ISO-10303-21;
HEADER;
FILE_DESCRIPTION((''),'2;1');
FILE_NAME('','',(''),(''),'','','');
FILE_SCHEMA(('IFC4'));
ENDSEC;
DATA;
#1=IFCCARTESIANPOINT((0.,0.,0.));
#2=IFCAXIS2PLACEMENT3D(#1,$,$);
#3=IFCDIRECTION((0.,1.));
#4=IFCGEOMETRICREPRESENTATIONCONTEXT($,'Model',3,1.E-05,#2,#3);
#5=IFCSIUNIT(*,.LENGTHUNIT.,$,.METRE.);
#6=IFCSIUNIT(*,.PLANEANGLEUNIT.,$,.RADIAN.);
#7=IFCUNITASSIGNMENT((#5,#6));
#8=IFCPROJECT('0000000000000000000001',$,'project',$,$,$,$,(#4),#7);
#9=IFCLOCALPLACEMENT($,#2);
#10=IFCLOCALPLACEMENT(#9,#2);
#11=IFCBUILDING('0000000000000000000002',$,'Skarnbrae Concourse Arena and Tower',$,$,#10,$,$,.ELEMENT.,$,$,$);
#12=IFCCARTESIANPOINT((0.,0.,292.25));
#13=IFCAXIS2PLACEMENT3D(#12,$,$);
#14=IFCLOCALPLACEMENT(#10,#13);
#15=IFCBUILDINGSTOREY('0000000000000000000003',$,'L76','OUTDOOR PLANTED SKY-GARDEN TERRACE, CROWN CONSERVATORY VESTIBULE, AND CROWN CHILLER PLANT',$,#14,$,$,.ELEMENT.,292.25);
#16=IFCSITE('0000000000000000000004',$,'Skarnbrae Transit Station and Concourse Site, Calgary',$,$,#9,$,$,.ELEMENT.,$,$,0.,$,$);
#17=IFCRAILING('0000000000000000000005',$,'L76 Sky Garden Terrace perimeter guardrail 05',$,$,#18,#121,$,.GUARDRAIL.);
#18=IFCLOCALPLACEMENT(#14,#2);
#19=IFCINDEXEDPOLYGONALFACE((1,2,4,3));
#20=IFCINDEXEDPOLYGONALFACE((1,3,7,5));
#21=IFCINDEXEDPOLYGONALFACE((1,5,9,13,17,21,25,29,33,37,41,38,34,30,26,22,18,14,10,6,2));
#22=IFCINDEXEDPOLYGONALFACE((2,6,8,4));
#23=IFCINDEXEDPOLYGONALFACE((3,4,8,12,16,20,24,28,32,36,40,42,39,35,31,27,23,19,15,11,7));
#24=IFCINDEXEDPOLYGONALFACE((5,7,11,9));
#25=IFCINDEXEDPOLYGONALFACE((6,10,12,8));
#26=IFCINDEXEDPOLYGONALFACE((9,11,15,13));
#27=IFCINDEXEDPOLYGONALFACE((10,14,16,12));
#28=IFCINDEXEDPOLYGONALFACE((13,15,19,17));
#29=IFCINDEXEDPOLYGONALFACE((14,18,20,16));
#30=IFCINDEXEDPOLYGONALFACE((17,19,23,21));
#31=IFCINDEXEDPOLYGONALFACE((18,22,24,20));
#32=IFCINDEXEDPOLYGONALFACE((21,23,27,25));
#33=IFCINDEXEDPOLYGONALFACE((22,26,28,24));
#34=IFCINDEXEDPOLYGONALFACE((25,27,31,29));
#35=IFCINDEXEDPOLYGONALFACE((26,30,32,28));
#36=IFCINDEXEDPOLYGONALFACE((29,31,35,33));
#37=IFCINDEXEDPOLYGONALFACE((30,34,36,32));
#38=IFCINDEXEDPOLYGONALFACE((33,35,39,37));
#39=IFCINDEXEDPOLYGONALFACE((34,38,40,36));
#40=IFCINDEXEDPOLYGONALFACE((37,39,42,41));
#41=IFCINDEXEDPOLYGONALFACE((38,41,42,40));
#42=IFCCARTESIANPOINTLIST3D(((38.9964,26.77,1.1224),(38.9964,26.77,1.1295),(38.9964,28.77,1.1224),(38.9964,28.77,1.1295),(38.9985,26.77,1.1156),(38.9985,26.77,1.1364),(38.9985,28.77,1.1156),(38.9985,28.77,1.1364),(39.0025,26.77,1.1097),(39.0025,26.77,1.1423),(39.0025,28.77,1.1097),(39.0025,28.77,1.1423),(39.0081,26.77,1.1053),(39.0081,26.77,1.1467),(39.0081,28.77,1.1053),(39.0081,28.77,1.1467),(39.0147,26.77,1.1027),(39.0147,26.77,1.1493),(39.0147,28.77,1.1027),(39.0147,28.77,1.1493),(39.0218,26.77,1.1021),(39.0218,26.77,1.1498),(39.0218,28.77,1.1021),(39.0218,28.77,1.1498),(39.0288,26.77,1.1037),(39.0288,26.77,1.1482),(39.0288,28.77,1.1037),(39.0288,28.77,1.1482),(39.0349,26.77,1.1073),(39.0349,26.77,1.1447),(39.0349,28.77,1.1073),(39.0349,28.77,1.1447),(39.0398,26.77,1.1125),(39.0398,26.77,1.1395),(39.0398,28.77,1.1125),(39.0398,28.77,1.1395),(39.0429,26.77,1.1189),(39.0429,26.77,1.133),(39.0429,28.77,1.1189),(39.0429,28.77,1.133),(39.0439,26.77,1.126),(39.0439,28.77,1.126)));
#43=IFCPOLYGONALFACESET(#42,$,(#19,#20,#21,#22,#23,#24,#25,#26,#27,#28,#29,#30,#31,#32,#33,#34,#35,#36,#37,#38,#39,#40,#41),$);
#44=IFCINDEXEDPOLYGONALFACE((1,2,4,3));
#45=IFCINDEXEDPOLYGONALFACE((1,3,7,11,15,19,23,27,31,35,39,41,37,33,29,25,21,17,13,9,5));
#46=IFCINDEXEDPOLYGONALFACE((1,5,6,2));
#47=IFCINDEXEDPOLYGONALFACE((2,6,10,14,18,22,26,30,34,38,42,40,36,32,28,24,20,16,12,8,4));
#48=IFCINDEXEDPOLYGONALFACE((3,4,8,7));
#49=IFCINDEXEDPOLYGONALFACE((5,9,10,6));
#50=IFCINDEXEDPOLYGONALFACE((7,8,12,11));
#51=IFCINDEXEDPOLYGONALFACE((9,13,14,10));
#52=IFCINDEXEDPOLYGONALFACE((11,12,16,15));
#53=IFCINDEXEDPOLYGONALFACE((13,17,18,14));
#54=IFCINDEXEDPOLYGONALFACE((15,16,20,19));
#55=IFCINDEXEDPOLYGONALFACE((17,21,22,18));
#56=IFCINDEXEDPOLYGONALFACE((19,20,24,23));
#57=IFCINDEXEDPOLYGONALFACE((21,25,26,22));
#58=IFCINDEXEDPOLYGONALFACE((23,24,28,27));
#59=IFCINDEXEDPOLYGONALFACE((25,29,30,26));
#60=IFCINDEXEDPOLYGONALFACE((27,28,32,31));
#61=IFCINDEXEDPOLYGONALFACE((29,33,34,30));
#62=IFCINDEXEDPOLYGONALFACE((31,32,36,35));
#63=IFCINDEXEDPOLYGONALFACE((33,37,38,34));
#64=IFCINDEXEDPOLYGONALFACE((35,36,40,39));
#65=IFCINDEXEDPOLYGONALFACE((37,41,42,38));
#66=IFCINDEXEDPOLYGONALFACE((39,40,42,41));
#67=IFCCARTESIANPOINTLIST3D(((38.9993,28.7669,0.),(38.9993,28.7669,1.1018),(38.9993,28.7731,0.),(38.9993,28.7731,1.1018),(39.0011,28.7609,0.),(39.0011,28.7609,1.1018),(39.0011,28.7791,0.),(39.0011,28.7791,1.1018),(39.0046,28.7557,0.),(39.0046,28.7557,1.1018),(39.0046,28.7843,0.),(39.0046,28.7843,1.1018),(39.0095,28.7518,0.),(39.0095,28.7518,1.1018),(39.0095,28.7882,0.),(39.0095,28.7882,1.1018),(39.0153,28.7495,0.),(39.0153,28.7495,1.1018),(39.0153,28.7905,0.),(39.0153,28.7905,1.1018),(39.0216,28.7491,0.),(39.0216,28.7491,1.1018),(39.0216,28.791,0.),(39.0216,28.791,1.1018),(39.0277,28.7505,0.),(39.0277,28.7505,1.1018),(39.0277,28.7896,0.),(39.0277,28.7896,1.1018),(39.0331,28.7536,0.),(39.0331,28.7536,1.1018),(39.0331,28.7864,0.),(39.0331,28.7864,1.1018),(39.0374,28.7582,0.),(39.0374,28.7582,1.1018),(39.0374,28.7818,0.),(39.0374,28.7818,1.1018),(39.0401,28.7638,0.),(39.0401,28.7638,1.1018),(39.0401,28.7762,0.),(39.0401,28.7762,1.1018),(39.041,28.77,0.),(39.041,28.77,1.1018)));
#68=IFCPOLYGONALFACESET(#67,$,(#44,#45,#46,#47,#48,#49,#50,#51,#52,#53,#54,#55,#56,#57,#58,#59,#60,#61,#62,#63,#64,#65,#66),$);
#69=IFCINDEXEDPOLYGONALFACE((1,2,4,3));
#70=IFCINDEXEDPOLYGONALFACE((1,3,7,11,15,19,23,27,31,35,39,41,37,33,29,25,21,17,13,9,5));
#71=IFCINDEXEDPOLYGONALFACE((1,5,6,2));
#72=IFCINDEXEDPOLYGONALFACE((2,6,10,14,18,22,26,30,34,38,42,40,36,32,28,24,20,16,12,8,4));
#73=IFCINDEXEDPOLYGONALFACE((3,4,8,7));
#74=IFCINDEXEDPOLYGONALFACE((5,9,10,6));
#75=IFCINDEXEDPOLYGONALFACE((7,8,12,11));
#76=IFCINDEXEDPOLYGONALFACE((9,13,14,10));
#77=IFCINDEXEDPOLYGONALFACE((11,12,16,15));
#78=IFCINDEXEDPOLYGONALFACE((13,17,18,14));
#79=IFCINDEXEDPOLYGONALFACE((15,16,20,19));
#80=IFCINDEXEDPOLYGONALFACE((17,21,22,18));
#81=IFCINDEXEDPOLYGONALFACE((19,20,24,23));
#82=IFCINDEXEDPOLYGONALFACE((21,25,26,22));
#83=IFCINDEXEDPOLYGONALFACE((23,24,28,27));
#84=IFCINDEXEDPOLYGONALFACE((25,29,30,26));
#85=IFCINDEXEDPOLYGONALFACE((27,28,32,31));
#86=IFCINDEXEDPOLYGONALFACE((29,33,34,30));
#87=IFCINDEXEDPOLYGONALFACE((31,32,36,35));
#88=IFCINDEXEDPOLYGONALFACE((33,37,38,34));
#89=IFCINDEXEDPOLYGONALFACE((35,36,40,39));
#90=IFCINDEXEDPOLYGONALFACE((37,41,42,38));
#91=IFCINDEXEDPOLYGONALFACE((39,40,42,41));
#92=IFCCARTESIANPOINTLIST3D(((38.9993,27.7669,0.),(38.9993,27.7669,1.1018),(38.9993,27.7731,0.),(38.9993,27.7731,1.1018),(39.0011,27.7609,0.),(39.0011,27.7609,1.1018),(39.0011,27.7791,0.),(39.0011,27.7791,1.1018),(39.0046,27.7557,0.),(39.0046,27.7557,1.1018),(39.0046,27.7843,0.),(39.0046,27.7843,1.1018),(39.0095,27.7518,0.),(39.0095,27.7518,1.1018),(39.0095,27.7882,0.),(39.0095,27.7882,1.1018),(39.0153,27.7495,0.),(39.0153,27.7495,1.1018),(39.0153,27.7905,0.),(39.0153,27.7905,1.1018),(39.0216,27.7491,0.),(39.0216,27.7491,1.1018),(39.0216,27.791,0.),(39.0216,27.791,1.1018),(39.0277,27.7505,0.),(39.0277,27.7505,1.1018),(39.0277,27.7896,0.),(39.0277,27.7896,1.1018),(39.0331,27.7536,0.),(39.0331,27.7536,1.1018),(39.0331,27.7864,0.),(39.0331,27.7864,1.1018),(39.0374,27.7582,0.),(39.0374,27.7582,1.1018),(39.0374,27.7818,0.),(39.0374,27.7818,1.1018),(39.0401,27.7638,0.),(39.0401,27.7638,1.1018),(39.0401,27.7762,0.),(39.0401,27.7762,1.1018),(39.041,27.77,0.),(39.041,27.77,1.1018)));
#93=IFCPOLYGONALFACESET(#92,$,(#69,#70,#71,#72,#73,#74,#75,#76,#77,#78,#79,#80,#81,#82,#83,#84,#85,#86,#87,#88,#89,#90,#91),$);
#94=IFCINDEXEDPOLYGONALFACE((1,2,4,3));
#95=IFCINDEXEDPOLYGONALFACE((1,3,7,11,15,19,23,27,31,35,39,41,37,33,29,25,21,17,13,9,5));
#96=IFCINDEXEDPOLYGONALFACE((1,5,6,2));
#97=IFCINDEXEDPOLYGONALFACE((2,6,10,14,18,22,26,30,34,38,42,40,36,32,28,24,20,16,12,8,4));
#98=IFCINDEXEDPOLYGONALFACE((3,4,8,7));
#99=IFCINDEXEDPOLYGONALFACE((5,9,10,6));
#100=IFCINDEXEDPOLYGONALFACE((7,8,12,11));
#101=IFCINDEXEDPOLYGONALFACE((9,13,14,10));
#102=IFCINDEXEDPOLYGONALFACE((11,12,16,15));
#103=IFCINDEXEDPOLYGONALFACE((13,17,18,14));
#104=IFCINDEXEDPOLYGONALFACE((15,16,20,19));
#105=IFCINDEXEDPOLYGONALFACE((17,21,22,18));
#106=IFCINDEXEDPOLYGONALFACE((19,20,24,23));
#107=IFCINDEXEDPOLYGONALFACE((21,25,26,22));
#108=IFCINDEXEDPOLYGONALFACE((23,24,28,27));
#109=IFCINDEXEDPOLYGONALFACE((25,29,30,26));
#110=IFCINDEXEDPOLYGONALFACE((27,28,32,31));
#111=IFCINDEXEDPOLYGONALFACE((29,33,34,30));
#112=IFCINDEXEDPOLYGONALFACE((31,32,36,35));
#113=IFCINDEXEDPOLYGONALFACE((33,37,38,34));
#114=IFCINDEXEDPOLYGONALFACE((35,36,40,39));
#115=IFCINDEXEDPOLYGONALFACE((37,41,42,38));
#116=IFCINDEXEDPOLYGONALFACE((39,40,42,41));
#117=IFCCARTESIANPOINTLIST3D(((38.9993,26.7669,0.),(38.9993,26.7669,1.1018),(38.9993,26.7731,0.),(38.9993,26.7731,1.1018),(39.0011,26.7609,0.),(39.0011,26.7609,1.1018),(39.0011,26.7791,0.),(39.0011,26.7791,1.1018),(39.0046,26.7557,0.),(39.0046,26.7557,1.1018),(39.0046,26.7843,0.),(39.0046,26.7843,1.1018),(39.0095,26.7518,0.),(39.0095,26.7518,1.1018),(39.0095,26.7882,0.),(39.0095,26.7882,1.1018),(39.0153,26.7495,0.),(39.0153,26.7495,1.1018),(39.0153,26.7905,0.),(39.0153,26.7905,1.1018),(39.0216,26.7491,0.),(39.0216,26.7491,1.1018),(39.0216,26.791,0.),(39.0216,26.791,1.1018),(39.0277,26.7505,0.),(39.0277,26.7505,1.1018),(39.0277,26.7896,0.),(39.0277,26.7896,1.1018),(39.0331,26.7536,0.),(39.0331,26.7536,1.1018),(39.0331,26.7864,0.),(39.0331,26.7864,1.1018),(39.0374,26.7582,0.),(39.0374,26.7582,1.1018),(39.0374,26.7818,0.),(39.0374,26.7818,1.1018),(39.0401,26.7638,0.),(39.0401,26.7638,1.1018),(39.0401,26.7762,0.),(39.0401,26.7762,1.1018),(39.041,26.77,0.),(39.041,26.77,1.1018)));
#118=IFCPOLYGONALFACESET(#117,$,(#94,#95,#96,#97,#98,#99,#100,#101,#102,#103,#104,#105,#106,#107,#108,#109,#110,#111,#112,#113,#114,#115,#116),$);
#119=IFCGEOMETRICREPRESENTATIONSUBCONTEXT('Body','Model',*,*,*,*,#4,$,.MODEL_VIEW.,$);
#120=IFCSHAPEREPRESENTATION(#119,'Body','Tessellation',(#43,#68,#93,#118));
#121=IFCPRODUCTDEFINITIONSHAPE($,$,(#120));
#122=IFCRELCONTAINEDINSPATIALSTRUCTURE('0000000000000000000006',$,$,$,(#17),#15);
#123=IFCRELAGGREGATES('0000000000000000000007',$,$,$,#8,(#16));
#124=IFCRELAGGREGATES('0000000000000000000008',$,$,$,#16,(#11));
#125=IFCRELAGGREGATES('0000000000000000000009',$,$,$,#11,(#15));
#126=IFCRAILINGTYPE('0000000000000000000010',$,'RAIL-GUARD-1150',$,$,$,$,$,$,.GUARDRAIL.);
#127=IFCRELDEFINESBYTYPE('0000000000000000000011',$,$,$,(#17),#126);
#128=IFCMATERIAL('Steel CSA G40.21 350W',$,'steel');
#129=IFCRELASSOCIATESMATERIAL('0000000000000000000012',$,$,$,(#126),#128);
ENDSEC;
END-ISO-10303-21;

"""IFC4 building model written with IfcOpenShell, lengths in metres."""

from ifc_helpers import new_model, si_unit, direction, frame, origin, origin_2d, place, context, subcontext, project, spatial, circle, extrude, material, type_object, element, save


model = new_model("IFC4")

# Units and contexts
model_context = context("Model", 3, precision=1e-05, world=origin(), true_north=direction((0.0, 1.0)))
body_context = subcontext(model_context, "Body", "Model", "MODEL_VIEW")
ifc_project = project(units=[si_unit("LENGTHUNIT", "METRE"), si_unit("PLANEANGLEUNIT", "RADIAN")], contexts=[model_context])

# Site, building, storey
site_placement = place(None, origin())
site = spatial("IfcSite", under=ifc_project, at=site_placement, Name="Skarnbrae Transit Station and Concourse Site, Calgary", CompositionType="ELEMENT", RefElevation=0.0)
building_placement = place(site_placement, origin())
building = spatial("IfcBuilding", under=site, at=building_placement, Name="Skarnbrae Concourse Arena and Tower", CompositionType="ELEMENT")
storey_placement = place(building_placement, frame((0.0, 0.0, 292.25)))
storey = spatial("IfcBuildingStorey", under=building, at=storey_placement, Name="L76", Description="OUTDOOR PLANTED SKY-GARDEN TERRACE, CROWN CONSERVATORY VESTIBULE, AND CROWN CHILLER PLANT", CompositionType="ELEMENT", Elevation=292.25)

# Shared definitions
ifc_material_1 = material(Name="Steel CSA G40.21 350W", Category="steel")

# Railing
railing_type = type_object("IfcRailingType", Name="RAIL-GUARD-1150", PredefinedType="GUARDRAIL", material=ifc_material_1)
railing_1_placement = place(storey_placement, frame((39.02, 28.77, 0.0)))
element("IfcRailing", 1, at=railing_1_placement, inside=storey, type_object=railing_type, Name="L76 Sky Garden Terrace perimeter guardrail 05", PredefinedType="GUARDRAIL", context=body_context, shape_type="SweptSolid", body=[
    extrude(circle(Radius=0.0239, at=origin_2d()), frame((0.0, 0.0, 1.126), z_axis=(0.0, -1.0, 0.0), x_axis=(1.0, 0.0, 0.0)), (0.0, 0.0, 1.0), 2.0),
    extrude(circle(Radius=0.021, at=origin_2d()), origin(), (0.0, 0.0, 1.0), 1.1018),
    extrude(circle(Radius=0.021, at=origin_2d()), frame((0.0, -1.0, 0.0)), (0.0, 0.0, 1.0), 1.1018),
    extrude(circle(Radius=0.021, at=origin_2d()), frame((0.0, -2.0, 0.0)), (0.0, 0.0, 1.0), 1.1018),
])

save(model, "model.ifc")
